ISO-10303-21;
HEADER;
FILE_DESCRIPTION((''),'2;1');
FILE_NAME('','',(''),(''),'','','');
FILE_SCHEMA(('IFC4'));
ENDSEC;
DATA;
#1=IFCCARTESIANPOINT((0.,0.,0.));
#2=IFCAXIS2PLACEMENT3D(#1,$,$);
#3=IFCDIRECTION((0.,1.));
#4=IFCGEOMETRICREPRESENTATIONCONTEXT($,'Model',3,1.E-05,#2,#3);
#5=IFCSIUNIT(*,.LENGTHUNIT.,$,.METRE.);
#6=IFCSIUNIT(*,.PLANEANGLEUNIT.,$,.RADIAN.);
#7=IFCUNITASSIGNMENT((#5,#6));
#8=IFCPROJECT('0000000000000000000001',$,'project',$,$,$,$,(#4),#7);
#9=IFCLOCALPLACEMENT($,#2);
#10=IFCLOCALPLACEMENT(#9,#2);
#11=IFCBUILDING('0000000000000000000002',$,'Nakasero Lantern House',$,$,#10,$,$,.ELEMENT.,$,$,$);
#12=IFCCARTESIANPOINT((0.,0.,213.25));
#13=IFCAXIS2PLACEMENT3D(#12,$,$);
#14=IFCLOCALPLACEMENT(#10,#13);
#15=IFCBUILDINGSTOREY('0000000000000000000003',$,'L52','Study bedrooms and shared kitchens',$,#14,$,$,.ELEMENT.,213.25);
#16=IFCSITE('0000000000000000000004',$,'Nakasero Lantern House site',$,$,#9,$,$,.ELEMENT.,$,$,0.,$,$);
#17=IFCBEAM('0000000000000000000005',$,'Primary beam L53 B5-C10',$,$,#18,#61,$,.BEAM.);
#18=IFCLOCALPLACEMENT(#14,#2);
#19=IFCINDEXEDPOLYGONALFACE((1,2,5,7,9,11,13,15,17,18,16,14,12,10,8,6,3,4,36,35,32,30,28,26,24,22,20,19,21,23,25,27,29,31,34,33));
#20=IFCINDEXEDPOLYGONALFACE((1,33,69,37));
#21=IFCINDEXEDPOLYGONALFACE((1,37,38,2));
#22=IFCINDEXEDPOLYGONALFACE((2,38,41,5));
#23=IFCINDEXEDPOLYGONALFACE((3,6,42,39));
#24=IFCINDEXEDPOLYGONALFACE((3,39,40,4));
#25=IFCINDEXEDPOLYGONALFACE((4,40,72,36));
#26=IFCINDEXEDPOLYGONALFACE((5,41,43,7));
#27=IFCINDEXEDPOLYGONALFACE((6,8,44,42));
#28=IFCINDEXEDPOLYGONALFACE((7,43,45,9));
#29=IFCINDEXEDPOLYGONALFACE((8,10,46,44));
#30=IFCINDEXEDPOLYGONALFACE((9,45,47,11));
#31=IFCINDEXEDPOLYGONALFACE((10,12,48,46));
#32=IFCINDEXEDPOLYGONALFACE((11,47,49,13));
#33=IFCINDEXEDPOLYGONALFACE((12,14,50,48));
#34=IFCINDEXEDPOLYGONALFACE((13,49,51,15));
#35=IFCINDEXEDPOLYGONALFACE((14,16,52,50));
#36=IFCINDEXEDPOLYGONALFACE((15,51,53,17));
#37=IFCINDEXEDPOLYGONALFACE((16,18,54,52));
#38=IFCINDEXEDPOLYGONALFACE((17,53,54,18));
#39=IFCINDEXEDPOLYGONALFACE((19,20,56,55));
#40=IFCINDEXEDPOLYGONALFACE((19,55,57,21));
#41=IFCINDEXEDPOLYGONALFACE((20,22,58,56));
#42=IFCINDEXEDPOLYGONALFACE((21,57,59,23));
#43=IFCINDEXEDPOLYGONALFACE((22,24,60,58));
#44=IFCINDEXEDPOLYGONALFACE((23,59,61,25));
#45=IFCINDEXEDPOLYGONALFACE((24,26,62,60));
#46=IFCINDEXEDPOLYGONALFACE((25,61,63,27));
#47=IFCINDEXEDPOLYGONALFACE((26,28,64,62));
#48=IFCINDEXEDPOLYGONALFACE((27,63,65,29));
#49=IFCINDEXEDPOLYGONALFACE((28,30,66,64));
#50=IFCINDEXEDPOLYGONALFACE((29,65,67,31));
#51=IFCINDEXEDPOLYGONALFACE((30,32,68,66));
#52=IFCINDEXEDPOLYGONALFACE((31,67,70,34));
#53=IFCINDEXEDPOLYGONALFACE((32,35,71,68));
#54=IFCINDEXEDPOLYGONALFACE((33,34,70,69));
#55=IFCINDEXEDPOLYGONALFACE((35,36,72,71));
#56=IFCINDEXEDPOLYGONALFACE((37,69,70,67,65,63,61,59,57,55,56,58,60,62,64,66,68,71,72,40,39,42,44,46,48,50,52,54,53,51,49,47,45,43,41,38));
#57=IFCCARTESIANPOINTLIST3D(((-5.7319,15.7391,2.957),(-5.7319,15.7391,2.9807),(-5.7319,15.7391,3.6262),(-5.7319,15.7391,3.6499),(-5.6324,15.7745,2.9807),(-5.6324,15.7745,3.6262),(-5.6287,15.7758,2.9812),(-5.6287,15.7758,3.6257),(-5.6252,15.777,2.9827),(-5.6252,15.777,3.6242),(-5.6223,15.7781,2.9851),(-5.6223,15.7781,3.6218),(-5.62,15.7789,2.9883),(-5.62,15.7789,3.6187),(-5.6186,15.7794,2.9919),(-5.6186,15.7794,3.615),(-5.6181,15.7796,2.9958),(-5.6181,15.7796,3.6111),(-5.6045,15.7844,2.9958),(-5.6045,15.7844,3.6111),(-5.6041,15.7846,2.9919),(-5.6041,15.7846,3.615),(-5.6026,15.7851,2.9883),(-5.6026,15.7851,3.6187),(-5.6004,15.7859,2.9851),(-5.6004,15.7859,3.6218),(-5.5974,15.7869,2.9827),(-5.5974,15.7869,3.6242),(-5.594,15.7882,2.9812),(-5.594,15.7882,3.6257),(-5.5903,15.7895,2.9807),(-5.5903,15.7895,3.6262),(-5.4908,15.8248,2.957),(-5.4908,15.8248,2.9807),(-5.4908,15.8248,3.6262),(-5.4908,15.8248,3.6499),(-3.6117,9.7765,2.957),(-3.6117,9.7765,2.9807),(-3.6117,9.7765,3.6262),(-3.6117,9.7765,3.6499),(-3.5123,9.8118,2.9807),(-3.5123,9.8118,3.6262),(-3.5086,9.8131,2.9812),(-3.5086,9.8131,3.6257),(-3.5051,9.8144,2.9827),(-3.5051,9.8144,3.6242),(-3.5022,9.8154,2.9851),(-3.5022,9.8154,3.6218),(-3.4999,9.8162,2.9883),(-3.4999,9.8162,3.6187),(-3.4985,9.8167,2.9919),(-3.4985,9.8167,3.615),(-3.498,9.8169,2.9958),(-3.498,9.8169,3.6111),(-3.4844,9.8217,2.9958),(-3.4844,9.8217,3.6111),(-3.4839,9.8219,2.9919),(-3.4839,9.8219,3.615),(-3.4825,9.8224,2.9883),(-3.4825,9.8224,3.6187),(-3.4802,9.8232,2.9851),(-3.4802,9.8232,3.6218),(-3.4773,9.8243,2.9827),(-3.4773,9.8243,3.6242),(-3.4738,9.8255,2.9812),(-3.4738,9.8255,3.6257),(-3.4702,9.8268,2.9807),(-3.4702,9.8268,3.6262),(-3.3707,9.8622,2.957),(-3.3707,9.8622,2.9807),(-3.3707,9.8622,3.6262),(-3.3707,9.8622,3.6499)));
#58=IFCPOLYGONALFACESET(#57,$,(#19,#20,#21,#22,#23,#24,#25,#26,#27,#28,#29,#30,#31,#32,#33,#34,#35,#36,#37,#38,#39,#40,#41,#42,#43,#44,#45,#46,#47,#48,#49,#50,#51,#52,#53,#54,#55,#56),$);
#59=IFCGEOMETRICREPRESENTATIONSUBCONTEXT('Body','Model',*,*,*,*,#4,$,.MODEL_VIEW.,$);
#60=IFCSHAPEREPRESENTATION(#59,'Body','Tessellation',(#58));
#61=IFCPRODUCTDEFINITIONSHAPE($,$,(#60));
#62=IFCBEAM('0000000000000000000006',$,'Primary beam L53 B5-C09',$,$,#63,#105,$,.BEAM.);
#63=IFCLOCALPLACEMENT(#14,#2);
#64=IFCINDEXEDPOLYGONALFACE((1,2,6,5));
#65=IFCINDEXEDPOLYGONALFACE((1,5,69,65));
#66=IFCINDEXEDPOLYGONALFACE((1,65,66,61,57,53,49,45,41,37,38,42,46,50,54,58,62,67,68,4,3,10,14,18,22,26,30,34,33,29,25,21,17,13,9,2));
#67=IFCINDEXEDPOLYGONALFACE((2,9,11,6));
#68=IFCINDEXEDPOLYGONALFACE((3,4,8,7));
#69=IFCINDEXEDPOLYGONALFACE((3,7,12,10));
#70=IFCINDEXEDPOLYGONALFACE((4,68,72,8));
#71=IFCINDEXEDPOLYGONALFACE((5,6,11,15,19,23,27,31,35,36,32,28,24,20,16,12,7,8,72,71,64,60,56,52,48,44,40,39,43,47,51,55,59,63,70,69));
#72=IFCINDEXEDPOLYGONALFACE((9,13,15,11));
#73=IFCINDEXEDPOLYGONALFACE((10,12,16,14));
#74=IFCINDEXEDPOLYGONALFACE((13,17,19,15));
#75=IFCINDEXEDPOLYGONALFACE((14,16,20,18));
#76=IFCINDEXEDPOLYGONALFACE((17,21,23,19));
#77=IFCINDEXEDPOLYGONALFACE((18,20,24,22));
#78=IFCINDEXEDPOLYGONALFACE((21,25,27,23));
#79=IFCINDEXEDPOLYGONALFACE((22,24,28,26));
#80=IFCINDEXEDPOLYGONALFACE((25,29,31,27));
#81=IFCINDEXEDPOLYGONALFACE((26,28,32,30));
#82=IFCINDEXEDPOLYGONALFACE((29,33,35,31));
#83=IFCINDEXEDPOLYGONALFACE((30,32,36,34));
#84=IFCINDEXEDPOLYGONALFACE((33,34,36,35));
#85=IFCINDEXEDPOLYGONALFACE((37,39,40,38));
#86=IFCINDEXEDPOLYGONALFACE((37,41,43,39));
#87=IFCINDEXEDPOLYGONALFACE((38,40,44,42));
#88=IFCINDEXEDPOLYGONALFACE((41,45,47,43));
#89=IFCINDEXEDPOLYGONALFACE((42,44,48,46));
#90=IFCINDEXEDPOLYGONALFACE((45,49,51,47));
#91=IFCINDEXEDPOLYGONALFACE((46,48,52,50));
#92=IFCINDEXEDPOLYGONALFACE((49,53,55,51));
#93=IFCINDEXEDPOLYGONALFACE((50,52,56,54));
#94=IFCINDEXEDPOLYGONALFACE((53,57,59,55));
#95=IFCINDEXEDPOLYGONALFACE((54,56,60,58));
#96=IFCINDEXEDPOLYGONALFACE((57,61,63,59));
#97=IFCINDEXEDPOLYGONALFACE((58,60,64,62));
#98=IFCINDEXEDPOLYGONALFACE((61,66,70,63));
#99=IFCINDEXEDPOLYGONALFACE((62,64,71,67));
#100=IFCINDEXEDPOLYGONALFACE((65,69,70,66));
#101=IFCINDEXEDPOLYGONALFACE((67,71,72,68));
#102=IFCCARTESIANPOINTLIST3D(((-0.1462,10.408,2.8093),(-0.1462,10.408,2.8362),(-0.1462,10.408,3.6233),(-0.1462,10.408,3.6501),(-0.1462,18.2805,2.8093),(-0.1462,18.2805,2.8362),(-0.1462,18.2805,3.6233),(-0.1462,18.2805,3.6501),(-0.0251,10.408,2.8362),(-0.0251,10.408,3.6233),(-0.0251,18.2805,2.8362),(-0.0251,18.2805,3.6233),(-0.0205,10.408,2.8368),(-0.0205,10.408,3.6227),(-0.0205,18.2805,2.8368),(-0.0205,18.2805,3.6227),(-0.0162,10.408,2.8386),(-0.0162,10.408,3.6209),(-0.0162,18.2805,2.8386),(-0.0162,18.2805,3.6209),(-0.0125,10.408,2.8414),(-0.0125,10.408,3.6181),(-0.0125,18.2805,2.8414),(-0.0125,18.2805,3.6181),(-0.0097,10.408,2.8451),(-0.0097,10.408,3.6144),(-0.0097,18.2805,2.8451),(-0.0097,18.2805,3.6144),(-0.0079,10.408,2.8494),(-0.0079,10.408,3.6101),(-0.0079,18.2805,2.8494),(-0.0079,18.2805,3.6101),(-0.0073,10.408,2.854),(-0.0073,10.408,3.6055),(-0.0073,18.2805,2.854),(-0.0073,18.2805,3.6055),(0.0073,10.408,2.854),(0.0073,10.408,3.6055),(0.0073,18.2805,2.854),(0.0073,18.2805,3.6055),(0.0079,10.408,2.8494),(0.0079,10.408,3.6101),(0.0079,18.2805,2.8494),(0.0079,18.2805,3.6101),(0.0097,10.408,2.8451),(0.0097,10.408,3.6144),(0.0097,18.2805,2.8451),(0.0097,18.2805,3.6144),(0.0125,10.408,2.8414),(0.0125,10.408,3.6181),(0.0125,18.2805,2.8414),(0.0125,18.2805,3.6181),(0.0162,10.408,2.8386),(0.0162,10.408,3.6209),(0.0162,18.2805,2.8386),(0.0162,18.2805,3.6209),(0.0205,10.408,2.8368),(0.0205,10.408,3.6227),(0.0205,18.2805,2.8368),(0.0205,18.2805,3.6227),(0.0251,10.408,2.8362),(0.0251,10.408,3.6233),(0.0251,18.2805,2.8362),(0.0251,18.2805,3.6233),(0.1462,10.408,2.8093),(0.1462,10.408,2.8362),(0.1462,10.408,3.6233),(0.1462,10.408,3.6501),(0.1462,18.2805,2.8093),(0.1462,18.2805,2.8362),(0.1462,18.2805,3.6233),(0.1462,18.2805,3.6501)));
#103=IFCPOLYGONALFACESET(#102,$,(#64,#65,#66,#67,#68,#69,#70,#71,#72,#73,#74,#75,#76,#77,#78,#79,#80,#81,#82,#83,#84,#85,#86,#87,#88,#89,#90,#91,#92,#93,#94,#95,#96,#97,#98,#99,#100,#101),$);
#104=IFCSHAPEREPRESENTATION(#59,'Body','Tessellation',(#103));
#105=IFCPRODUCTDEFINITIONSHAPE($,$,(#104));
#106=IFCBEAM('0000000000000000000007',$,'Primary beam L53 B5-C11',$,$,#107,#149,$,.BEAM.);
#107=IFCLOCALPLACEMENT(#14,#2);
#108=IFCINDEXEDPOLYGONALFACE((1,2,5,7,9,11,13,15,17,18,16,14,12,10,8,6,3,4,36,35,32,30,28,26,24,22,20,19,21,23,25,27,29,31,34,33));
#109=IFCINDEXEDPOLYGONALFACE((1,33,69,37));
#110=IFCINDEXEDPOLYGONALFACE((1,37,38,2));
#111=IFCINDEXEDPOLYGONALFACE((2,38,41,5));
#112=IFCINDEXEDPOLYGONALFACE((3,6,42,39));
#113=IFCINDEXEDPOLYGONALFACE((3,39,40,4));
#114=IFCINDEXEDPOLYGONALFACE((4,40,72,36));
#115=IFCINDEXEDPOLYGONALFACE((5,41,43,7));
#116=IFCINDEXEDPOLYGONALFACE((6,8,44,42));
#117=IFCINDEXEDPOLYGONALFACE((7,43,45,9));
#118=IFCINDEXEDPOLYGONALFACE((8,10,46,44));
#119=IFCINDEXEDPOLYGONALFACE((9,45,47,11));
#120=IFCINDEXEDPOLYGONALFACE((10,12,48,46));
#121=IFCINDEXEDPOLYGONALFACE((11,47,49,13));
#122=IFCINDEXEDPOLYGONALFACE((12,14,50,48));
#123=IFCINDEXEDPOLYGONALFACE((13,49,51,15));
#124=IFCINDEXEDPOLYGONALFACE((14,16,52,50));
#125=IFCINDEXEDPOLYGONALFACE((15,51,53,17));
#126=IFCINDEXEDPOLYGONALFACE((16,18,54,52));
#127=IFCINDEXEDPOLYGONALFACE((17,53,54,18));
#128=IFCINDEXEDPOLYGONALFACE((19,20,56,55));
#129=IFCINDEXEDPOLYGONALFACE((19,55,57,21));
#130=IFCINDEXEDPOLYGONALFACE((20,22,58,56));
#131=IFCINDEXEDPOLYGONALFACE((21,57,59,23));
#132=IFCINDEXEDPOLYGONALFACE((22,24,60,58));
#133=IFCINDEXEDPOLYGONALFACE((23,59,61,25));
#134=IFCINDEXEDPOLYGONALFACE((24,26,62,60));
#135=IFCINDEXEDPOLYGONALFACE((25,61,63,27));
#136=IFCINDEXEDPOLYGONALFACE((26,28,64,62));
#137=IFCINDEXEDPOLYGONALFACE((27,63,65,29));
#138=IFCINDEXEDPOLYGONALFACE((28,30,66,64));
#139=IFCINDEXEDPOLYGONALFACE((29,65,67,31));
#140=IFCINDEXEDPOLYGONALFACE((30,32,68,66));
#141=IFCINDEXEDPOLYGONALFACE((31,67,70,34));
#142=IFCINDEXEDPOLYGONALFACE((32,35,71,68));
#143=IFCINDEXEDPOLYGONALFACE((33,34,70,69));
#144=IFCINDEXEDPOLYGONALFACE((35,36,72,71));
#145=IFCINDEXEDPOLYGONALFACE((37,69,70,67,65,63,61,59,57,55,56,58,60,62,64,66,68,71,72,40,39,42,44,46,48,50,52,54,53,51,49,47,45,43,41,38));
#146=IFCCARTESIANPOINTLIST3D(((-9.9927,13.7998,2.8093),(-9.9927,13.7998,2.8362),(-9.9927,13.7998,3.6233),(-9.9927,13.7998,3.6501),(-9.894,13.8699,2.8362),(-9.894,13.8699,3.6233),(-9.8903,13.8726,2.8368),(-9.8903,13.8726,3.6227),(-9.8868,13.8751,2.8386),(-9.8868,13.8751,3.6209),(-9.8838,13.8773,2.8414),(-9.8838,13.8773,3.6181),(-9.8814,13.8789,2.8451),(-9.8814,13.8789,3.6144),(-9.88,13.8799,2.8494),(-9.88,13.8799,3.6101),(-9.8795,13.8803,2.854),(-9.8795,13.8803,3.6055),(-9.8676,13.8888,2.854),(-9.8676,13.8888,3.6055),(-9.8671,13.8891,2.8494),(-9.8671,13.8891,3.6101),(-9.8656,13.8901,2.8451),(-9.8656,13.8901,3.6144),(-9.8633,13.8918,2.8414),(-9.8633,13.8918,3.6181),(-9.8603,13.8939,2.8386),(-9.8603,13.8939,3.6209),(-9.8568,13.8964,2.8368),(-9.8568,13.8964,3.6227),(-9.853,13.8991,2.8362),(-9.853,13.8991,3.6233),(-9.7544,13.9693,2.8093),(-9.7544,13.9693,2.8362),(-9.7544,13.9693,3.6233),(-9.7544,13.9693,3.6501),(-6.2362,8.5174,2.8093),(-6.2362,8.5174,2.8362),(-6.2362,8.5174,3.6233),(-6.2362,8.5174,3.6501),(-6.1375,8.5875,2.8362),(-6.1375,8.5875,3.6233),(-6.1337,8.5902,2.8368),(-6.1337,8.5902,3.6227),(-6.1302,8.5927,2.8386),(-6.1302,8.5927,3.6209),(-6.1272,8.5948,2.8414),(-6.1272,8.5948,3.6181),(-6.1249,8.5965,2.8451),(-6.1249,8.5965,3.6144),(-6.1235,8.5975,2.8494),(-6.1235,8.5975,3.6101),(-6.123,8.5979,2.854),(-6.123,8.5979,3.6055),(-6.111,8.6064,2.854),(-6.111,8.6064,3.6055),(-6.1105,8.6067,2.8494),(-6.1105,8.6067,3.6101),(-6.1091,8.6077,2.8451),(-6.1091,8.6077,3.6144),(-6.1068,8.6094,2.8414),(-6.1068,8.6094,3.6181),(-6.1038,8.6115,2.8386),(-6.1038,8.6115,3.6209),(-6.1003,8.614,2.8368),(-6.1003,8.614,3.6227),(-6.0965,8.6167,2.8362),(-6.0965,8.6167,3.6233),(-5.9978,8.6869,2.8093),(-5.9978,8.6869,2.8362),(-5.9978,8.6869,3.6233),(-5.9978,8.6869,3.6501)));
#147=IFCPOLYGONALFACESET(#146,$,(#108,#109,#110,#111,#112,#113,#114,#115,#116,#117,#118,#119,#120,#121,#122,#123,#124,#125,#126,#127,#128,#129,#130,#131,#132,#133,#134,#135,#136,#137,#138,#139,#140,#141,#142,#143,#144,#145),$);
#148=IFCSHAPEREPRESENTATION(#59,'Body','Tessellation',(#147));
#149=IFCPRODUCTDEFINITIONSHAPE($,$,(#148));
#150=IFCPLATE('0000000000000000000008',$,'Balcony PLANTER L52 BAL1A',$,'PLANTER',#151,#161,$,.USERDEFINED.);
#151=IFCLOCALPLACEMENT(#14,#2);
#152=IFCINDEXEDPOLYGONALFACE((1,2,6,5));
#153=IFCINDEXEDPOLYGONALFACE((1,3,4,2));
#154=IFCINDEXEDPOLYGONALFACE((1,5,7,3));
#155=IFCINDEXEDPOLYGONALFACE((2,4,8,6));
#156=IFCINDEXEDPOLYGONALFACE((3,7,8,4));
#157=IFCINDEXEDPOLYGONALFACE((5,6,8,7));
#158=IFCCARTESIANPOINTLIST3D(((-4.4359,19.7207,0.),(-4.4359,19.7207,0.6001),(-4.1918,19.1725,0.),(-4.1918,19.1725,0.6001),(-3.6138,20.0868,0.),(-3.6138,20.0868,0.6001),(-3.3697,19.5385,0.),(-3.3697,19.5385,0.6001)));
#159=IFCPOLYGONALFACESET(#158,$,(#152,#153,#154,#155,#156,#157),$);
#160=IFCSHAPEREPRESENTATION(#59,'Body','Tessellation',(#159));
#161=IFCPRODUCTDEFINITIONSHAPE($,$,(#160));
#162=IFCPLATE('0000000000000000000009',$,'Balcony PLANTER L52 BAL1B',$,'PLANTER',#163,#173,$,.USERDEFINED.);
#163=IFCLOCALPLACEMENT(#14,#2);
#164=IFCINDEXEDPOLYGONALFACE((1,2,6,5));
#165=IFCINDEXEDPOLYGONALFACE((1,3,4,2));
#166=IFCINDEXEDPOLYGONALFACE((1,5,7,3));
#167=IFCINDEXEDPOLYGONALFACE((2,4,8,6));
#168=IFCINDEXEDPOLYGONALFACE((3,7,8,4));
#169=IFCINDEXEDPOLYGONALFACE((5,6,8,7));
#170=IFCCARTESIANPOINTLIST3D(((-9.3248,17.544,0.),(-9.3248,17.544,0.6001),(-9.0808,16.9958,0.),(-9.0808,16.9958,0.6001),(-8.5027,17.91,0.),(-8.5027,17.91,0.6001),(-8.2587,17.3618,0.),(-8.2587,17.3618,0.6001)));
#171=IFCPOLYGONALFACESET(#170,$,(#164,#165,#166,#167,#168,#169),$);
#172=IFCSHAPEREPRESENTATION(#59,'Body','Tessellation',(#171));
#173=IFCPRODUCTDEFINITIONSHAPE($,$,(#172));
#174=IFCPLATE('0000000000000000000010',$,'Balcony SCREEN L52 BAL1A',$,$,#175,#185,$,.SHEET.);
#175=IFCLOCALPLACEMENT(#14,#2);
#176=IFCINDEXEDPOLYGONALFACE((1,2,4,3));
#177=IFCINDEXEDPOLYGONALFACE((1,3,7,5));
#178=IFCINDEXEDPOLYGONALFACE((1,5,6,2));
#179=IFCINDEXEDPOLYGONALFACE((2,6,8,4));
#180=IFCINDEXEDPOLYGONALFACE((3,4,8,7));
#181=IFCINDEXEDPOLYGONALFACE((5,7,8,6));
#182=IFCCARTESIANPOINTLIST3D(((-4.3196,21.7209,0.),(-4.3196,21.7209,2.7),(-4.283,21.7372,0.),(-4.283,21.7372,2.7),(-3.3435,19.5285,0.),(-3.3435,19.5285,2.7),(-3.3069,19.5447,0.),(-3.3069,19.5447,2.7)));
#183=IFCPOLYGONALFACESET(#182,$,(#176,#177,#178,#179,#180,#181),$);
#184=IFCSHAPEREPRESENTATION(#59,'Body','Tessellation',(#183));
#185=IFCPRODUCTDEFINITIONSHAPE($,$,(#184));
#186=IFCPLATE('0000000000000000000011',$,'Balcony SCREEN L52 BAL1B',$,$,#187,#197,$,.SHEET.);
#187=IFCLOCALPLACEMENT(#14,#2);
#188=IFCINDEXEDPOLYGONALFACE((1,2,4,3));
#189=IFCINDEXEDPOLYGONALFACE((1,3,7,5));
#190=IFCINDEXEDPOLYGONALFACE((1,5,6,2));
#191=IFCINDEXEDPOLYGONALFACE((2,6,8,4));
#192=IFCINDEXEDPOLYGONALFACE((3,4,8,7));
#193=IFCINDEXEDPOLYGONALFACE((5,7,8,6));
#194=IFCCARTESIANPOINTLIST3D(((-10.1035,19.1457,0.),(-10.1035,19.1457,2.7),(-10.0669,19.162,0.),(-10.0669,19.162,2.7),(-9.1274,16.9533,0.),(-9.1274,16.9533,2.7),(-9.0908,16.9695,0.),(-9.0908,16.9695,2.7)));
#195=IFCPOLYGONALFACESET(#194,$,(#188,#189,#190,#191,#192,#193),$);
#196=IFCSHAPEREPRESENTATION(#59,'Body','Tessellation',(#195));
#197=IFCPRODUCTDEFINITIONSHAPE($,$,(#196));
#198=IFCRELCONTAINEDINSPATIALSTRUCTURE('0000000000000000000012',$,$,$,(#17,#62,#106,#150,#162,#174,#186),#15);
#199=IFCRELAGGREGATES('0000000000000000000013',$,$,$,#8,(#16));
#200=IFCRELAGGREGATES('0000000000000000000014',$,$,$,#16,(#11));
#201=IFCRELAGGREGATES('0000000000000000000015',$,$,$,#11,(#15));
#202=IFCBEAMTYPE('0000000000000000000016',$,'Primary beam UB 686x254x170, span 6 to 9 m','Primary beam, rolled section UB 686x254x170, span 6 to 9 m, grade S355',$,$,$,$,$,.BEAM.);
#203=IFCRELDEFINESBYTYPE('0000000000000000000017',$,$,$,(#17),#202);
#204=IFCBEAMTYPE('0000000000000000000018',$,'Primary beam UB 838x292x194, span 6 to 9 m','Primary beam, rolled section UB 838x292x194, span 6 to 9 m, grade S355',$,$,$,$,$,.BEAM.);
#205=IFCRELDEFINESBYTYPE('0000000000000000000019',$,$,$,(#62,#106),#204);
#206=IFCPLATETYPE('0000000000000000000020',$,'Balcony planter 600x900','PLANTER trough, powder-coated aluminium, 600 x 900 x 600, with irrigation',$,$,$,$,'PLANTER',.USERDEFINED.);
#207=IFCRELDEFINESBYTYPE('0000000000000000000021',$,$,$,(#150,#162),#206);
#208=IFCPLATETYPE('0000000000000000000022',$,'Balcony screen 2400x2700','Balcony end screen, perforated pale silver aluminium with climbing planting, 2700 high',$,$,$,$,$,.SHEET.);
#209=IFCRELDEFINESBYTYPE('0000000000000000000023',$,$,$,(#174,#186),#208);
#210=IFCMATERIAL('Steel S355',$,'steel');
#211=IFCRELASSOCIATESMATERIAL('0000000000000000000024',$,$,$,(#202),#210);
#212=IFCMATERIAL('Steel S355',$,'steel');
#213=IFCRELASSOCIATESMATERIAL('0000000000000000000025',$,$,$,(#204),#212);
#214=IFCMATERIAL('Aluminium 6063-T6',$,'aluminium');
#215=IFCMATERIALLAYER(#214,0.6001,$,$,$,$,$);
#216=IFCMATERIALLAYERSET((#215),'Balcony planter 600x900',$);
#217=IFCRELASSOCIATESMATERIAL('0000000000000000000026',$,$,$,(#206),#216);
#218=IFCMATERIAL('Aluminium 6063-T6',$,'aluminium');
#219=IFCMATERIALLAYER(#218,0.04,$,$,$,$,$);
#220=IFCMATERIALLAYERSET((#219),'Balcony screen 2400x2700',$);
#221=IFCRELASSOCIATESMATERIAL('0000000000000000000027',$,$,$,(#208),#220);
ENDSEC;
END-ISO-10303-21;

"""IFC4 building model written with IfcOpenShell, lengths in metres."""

from ifc_helpers import new_model, si_unit, direction, frame, origin, origin_2d, place, context, subcontext, project, spatial, rectangle, i_section, extrude, material, layer, layer_set, material_profile, profile_set, type_object, element, save


model = new_model("IFC4")

# Units and contexts
model_context = context("Model", 3, precision=1e-05, world=origin(), true_north=direction((0.0, 1.0)))
body_context = subcontext(model_context, "Body", "Model", "MODEL_VIEW")
ifc_project = project(units=[si_unit("LENGTHUNIT", "METRE"), si_unit("PLANEANGLEUNIT", "RADIAN")], contexts=[model_context])

# Site, building, storey
site_placement = place(None, origin())
site = spatial("IfcSite", under=ifc_project, at=site_placement, Name="Nakasero Lantern House site", CompositionType="ELEMENT", RefElevation=0.0)
building_placement = place(site_placement, origin())
building = spatial("IfcBuilding", under=site, at=building_placement, Name="Nakasero Lantern House", CompositionType="ELEMENT")
storey_placement = place(building_placement, frame((0.0, 0.0, 213.25)))
storey = spatial("IfcBuildingStorey", under=building, at=storey_placement, Name="L52", Description="Study bedrooms and shared kitchens", CompositionType="ELEMENT", Elevation=213.25)

# Beams
ifc_material_1 = material(Name="Steel S355", Category="steel")
ifc_material_profile_1 = material_profile(ifc_material_1, i_section(OverallWidth=0.2559, OverallDepth=0.6929, WebThickness=0.0144, FlangeThickness=0.0237, FilletRadius=0.0151, at=origin_2d()), Name="UB 686x254x170")
ifc_profile_set_1 = profile_set([ifc_material_profile_1], Name="Steel S355")
beam_type_1 = type_object("IfcBeamType", Name="Primary beam UB 686x254x170, span 6 to 9 m", Description="Primary beam, rolled section UB 686x254x170, span 6 to 9 m, grade S355", PredefinedType="BEAM", material=ifc_profile_set_1)
beam_1_placement = place(storey_placement, frame((-5.6113, 15.782, 3.3035), z_axis=(0.335019, -0.942211, 0.0), x_axis=(0.942211, 0.335019, 0.0)))
element("IfcBeam", 1, at=beam_1_placement, inside=storey, type_object=beam_type_1, Name="Primary beam L53 B5-C10", PredefinedType="BEAM", context=body_context, shape_type="SweptSolid", body=[
    extrude(i_section(OverallWidth=0.2559, OverallDepth=0.6929, WebThickness=0.0144, FlangeThickness=0.0237, FilletRadius=0.0151, at=origin_2d()), origin(), (0.0, 0.0, 1.0), 6.3284),
])
ifc_material_2 = material(Name="Steel S355", Category="steel")
ifc_material_profile_2 = material_profile(ifc_material_2, i_section(OverallWidth=0.2925, OverallDepth=0.8408, WebThickness=0.0146, FlangeThickness=0.0269, FilletRadius=0.0178, at=origin_2d()), Name="UB 838x292x194")
ifc_profile_set_2 = profile_set([ifc_material_profile_2], Name="Steel S355")
beam_type_2 = type_object("IfcBeamType", Name="Primary beam UB 838x292x194, span 6 to 9 m", Description="Primary beam, rolled section UB 838x292x194, span 6 to 9 m, grade S355", PredefinedType="BEAM", material=ifc_profile_set_2)
beam_2_placement = place(storey_placement, frame((0.0, 18.2805, 3.2297), z_axis=(0.0, -1.0, 0.0), x_axis=(1.0, 0.0, 0.0)))
element("IfcBeam", 2, at=beam_2_placement, inside=storey, type_object=beam_type_2, Name="Primary beam L53 B5-C09", PredefinedType="BEAM", context=body_context, shape_type="SweptSolid", body=[
    extrude(i_section(OverallWidth=0.2925, OverallDepth=0.8408, WebThickness=0.0146, FlangeThickness=0.0269, FilletRadius=0.0178, at=origin_2d()), origin(), (0.0, 0.0, 1.0), 7.8726),
])
beam_3_placement = place(storey_placement, frame((-9.8735, 13.8845, 3.2297), z_axis=(0.579541, -0.814943, 0.0), x_axis=(0.814943, 0.579541, 0.0)))
element("IfcBeam", 3, at=beam_3_placement, inside=storey, type_object=beam_type_2, Name="Primary beam L53 B5-C11", PredefinedType="BEAM", context=body_context, shape_type="SweptSolid", body=[
    extrude(i_section(OverallWidth=0.2925, OverallDepth=0.8408, WebThickness=0.0146, FlangeThickness=0.0269, FilletRadius=0.0178, at=origin_2d()), origin(), (0.0, 0.0, 1.0), 6.4819),
])

# Plates
ifc_material_3 = material(Name="Aluminium 6063-T6", Category="aluminium")
ifc_layer_1 = layer(ifc_material_3, 0.6001)
ifc_layer_set_1 = layer_set([ifc_layer_1], Name="Balcony planter 600x900")
plate_type_1 = type_object("IfcPlateType", Name="Balcony planter 600x900", Description="PLANTER trough, powder-coated aluminium, 600 x 900 x 600, with irrigation", ElementType="PLANTER", PredefinedType="USERDEFINED", material=ifc_layer_set_1)
for number, where, z_axis, x_axis, name in (
    (4, (-3.9028, 19.6296, 0.0), (0.0, 0.0, 1.0), (-0.406737, 0.913545, 0.0), "Balcony PLANTER L52 BAL1A"),
    (5, (-8.7917, 17.4529, 0.0), (0.0, 0.0, 1.0), (-0.406737, 0.913545, 0.0), "Balcony PLANTER L52 BAL1B"),
):
    element("IfcPlate", number, at=place(storey_placement, frame(where, z_axis=z_axis, x_axis=x_axis)), inside=storey, type_object=plate_type_1, Name=name, ObjectType="PLANTER", PredefinedType="USERDEFINED", context=body_context, shape_type="SweptSolid", body=[
        extrude(rectangle(XDim=0.6001, YDim=0.8999, at=origin_2d()), origin(), (0.0, 0.0, 1.0), 0.6001),
    ])
ifc_material_4 = material(Name="Aluminium 6063-T6", Category="aluminium")
ifc_layer_2 = layer(ifc_material_4, 0.04)
ifc_layer_set_2 = layer_set([ifc_layer_2], Name="Balcony screen 2400x2700")
plate_type_2 = type_object("IfcPlateType", Name="Balcony screen 2400x2700", Description="Balcony end screen, perforated pale silver aluminium with climbing planting, 2700 high", PredefinedType="SHEET", material=ifc_layer_set_2)
for number, where, z_axis, x_axis, name in (
    (6, (-3.8132, 20.6328, 0.0), (0.0, 0.0, 1.0), (-0.406737, 0.913545, 0.0), "Balcony SCREEN L52 BAL1A"),
    (7, (-9.5972, 18.0576, 0.0), (0.0, 0.0, 1.0), (-0.406737, 0.913545, 0.0), "Balcony SCREEN L52 BAL1B"),
):
    element("IfcPlate", number, at=place(storey_placement, frame(where, z_axis=z_axis, x_axis=x_axis)), inside=storey, type_object=plate_type_2, Name=name, PredefinedType="SHEET", context=body_context, shape_type="SweptSolid", body=[
        extrude(rectangle(XDim=2.3999, YDim=0.04, at=origin_2d()), origin(), (0.0, 0.0, 1.0), 2.7),
    ])

save(model, "model.ifc")
